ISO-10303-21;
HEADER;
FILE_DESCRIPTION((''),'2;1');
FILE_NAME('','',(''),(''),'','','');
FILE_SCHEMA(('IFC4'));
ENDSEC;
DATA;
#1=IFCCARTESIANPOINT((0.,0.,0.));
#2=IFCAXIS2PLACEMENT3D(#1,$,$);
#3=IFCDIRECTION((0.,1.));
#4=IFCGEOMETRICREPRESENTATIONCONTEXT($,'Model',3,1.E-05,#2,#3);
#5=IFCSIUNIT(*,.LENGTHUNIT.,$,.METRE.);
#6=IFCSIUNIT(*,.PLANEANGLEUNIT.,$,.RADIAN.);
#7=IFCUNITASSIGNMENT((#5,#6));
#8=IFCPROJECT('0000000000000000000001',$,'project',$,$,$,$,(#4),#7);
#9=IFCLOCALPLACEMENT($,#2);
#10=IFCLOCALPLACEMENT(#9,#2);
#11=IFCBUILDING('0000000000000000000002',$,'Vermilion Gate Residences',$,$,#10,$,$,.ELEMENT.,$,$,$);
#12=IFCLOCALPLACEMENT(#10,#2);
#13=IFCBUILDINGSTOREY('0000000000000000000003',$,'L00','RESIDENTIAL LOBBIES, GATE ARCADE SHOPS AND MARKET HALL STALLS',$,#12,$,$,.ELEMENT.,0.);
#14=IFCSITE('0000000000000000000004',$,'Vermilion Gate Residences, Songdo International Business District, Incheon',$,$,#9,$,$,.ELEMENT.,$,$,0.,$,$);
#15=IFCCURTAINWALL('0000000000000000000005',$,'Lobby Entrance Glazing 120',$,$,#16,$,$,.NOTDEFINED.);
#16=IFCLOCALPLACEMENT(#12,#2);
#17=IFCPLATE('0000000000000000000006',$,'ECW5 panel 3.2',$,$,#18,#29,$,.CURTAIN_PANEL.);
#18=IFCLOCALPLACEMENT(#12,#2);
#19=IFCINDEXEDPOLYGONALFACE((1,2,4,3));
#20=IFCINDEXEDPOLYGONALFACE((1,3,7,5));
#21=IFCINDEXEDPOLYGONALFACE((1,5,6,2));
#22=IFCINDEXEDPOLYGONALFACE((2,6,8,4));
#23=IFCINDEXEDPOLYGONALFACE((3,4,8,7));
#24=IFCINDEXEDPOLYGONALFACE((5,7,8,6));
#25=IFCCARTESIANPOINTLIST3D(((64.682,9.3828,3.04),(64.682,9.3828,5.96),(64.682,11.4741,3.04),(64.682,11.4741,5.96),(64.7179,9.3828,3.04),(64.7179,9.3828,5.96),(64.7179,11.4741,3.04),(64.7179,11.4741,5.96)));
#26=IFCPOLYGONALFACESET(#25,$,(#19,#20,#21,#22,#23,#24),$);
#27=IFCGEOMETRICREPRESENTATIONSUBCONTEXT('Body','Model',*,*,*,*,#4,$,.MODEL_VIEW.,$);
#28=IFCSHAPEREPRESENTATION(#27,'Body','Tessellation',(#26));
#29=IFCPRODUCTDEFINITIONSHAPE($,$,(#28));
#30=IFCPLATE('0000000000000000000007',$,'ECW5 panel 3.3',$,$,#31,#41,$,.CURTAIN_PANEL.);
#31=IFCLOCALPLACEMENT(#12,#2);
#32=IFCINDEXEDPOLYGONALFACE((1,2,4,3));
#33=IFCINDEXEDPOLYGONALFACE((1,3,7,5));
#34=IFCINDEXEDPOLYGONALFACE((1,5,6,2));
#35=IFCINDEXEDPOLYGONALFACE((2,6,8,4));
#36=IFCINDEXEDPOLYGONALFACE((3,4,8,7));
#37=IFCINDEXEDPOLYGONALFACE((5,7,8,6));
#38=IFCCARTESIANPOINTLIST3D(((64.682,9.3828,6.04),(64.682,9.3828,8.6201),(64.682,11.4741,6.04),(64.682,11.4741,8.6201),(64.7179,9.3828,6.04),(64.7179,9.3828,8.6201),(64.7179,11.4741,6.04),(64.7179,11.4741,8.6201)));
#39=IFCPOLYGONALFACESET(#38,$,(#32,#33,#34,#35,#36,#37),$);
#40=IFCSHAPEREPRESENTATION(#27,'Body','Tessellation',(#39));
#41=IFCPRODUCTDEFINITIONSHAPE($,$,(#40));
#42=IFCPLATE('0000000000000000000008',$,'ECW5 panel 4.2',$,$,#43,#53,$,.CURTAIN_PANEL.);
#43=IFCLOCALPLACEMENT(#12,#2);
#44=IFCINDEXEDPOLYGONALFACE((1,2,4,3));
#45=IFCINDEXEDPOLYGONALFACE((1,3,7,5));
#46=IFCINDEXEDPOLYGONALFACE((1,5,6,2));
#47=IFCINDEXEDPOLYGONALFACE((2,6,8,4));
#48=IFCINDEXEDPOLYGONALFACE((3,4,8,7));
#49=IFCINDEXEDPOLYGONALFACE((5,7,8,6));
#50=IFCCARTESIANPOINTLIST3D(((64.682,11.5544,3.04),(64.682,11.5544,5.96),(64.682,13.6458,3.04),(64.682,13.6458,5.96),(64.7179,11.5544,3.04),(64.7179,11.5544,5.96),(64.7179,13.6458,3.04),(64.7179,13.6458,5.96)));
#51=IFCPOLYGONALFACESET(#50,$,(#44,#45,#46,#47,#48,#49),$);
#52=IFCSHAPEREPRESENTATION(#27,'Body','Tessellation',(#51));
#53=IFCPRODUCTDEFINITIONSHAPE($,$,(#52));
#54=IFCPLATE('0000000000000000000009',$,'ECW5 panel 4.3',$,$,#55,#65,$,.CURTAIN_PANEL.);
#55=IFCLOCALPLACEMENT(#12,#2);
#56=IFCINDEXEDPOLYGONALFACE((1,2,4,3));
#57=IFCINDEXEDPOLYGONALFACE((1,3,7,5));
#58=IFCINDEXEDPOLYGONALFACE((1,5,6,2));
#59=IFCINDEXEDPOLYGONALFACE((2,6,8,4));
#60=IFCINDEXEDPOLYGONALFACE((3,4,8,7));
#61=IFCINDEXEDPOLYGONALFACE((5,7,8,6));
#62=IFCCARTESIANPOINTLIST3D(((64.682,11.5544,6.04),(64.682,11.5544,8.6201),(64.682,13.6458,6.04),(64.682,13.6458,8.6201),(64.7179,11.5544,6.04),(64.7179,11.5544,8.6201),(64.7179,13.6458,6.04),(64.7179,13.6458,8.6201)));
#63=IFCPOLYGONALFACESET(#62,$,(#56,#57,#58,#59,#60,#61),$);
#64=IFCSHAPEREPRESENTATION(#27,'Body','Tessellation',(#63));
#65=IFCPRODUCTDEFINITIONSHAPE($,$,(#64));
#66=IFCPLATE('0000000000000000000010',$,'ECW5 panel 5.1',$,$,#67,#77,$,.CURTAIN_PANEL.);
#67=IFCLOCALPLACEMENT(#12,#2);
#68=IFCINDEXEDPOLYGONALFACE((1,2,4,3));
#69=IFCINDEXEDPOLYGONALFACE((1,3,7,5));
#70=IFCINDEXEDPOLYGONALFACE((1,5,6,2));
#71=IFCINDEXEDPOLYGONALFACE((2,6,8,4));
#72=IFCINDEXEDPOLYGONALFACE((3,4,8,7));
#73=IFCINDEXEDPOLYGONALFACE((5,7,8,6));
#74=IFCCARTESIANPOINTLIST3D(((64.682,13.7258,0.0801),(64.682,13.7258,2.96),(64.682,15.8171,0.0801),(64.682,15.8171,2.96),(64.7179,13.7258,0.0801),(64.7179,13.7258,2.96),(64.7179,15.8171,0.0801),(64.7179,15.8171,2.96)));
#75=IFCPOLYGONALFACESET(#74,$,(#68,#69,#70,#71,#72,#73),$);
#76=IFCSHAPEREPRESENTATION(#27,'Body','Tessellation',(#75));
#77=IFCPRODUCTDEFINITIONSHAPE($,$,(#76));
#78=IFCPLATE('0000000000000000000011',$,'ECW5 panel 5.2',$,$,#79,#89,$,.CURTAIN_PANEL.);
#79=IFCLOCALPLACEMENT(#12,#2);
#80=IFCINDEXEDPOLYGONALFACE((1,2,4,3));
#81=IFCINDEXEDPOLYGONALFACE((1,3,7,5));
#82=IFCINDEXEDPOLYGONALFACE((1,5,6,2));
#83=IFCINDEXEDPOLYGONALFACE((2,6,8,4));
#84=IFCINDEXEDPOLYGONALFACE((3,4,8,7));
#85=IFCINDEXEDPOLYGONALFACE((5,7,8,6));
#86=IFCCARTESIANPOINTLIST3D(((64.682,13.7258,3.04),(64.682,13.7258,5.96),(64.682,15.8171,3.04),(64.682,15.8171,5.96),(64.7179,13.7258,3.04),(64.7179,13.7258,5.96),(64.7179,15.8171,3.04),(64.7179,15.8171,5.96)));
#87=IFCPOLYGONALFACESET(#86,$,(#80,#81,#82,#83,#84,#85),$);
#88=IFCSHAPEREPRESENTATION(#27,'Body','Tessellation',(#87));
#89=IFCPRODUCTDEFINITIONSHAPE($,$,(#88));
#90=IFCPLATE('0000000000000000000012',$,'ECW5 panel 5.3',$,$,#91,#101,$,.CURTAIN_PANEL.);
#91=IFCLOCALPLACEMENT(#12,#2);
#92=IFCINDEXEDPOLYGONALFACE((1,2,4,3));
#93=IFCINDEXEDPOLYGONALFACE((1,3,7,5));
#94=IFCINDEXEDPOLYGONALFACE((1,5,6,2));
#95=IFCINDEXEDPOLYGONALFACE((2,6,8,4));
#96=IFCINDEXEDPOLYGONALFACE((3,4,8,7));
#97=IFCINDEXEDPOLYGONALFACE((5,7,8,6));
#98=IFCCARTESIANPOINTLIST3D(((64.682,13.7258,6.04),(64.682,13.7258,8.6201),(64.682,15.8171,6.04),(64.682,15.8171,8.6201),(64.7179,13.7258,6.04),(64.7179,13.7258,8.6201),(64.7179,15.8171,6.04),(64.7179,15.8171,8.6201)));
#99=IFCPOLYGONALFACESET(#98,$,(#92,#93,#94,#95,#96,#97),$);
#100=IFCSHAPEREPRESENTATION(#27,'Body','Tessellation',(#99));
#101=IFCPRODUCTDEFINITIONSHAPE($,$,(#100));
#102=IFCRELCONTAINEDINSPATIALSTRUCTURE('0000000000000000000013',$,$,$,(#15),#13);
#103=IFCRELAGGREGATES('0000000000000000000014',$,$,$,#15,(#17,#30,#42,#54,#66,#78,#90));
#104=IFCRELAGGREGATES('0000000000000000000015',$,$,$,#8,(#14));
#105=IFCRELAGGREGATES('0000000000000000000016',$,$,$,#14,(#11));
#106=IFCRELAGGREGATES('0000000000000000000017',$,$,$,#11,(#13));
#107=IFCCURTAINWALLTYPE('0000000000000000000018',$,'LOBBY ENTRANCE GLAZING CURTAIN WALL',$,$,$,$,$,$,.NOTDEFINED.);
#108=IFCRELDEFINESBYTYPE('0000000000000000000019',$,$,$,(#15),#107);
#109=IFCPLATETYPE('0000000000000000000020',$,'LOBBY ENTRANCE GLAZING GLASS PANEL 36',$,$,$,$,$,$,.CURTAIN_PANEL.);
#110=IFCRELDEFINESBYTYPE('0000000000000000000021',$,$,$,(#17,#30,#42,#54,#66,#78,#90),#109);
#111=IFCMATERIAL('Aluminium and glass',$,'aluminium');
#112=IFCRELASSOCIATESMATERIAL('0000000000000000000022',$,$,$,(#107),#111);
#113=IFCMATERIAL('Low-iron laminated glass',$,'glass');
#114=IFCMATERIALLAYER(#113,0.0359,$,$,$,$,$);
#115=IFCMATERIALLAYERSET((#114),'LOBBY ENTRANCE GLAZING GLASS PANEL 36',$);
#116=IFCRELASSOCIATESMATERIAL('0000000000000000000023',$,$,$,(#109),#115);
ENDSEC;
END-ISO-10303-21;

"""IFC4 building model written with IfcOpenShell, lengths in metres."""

from ifc_helpers import new_model, si_unit, direction, frame, origin, origin_2d, place, context, subcontext, project, spatial, rectangle, extrude, material, layer, layer_set, type_object, element, aggregate, save


model = new_model("IFC4")

# Units and contexts
model_context = context("Model", 3, precision=1e-05, world=origin(), true_north=direction((0.0, 1.0)))
body_context = subcontext(model_context, "Body", "Model", "MODEL_VIEW")
ifc_project = project(units=[si_unit("LENGTHUNIT", "METRE"), si_unit("PLANEANGLEUNIT", "RADIAN")], contexts=[model_context])

# Site, building, storey
site_placement = place(None, origin())
site = spatial("IfcSite", under=ifc_project, at=site_placement, Name="Vermilion Gate Residences, Songdo International Business District, Incheon", CompositionType="ELEMENT", RefElevation=0.0)
building_placement = place(site_placement, origin())
building = spatial("IfcBuilding", under=site, at=building_placement, Name="Vermilion Gate Residences", CompositionType="ELEMENT")
storey_placement = place(building_placement, origin())
storey = spatial("IfcBuildingStorey", under=building, at=storey_placement, Name="L00", Description="RESIDENTIAL LOBBIES, GATE ARCADE SHOPS AND MARKET HALL STALLS", CompositionType="ELEMENT", Elevation=0.0)

# Curtain wall
ifc_material_1 = material(Name="Aluminium and glass", Category="aluminium")
curtain_wall_type = type_object("IfcCurtainWallType", Name="LOBBY ENTRANCE GLAZING CURTAIN WALL", PredefinedType="NOTDEFINED", material=ifc_material_1)
curtain_wall_placement = place(storey_placement, origin())
curtain_wall = element("IfcCurtainWall", 1, at=curtain_wall_placement, inside=storey, type_object=curtain_wall_type, Name="Lobby Entrance Glazing 120", PredefinedType="NOTDEFINED")

# Plates
ifc_material_2 = material(Name="Low-iron laminated glass", Category="glass")
ifc_layer = layer(ifc_material_2, 0.0359)
ifc_layer_set = layer_set([ifc_layer], Name="LOBBY ENTRANCE GLAZING GLASS PANEL 36")
plate_type = type_object("IfcPlateType", Name="LOBBY ENTRANCE GLAZING GLASS PANEL 36", PredefinedType="CURTAIN_PANEL", material=ifc_layer_set)
plate_1_placement = place(storey_placement, frame((64.7, 10.4285, 3.04), z_axis=(0.0, 0.0, 1.0), x_axis=(0.0, 1.0, 0.0)))
plate_1 = element("IfcPlate", 2, at=plate_1_placement, type_object=plate_type, Name="ECW5 panel 3.2", PredefinedType="CURTAIN_PANEL", context=body_context, shape_type="SweptSolid", body=[
    extrude(rectangle(XDim=2.0913, YDim=0.0359, at=origin_2d()), origin(), (0.0, 0.0, 1.0), 2.9199),
])
plate_2_placement = place(storey_placement, frame((64.7, 10.4285, 6.04), z_axis=(0.0, 0.0, 1.0), x_axis=(0.0, 1.0, 0.0)))
plate_2 = element("IfcPlate", 3, at=plate_2_placement, type_object=plate_type, Name="ECW5 panel 3.3", PredefinedType="CURTAIN_PANEL", context=body_context, shape_type="SweptSolid", body=[
    extrude(rectangle(XDim=2.0913, YDim=0.0359, at=origin_2d()), origin(), (0.0, 0.0, 1.0), 2.5801),
])
plate_3_placement = place(storey_placement, frame((64.7, 12.6001, 3.04), z_axis=(0.0, 0.0, 1.0), x_axis=(0.0, 1.0, 0.0)))
plate_3 = element("IfcPlate", 4, at=plate_3_placement, type_object=plate_type, Name="ECW5 panel 4.2", PredefinedType="CURTAIN_PANEL", context=body_context, shape_type="SweptSolid", body=[
    extrude(rectangle(XDim=2.0913, YDim=0.0359, at=origin_2d()), origin(), (0.0, 0.0, 1.0), 2.9199),
])
plate_4_placement = place(storey_placement, frame((64.7, 12.6001, 6.04), z_axis=(0.0, 0.0, 1.0), x_axis=(0.0, 1.0, 0.0)))
plate_4 = element("IfcPlate", 5, at=plate_4_placement, type_object=plate_type, Name="ECW5 panel 4.3", PredefinedType="CURTAIN_PANEL", context=body_context, shape_type="SweptSolid", body=[
    extrude(rectangle(XDim=2.0913, YDim=0.0359, at=origin_2d()), origin(), (0.0, 0.0, 1.0), 2.5801),
])
plate_5_placement = place(storey_placement, frame((64.7, 14.7715, 0.0801), z_axis=(0.0, 0.0, 1.0), x_axis=(0.0, 1.0, 0.0)))
plate_5 = element("IfcPlate", 6, at=plate_5_placement, type_object=plate_type, Name="ECW5 panel 5.1", PredefinedType="CURTAIN_PANEL", context=body_context, shape_type="SweptSolid", body=[
    extrude(rectangle(XDim=2.0913, YDim=0.0359, at=origin_2d()), origin(), (0.0, 0.0, 1.0), 2.8799),
])
plate_6_placement = place(storey_placement, frame((64.7, 14.7715, 3.04), z_axis=(0.0, 0.0, 1.0), x_axis=(0.0, 1.0, 0.0)))
plate_6 = element("IfcPlate", 7, at=plate_6_placement, type_object=plate_type, Name="ECW5 panel 5.2", PredefinedType="CURTAIN_PANEL", context=body_context, shape_type="SweptSolid", body=[
    extrude(rectangle(XDim=2.0913, YDim=0.0359, at=origin_2d()), origin(), (0.0, 0.0, 1.0), 2.9199),
])
plate_7_placement = place(storey_placement, frame((64.7, 14.7715, 6.04), z_axis=(0.0, 0.0, 1.0), x_axis=(0.0, 1.0, 0.0)))
plate_7 = element("IfcPlate", 8, at=plate_7_placement, type_object=plate_type, Name="ECW5 panel 5.3", PredefinedType="CURTAIN_PANEL", context=body_context, shape_type="SweptSolid", body=[
    extrude(rectangle(XDim=2.0913, YDim=0.0359, at=origin_2d()), origin(), (0.0, 0.0, 1.0), 2.5801),
])
aggregate(curtain_wall, [plate_1, plate_2, plate_3, plate_4, plate_5, plate_6, plate_7])

save(model, "model.ifc")
